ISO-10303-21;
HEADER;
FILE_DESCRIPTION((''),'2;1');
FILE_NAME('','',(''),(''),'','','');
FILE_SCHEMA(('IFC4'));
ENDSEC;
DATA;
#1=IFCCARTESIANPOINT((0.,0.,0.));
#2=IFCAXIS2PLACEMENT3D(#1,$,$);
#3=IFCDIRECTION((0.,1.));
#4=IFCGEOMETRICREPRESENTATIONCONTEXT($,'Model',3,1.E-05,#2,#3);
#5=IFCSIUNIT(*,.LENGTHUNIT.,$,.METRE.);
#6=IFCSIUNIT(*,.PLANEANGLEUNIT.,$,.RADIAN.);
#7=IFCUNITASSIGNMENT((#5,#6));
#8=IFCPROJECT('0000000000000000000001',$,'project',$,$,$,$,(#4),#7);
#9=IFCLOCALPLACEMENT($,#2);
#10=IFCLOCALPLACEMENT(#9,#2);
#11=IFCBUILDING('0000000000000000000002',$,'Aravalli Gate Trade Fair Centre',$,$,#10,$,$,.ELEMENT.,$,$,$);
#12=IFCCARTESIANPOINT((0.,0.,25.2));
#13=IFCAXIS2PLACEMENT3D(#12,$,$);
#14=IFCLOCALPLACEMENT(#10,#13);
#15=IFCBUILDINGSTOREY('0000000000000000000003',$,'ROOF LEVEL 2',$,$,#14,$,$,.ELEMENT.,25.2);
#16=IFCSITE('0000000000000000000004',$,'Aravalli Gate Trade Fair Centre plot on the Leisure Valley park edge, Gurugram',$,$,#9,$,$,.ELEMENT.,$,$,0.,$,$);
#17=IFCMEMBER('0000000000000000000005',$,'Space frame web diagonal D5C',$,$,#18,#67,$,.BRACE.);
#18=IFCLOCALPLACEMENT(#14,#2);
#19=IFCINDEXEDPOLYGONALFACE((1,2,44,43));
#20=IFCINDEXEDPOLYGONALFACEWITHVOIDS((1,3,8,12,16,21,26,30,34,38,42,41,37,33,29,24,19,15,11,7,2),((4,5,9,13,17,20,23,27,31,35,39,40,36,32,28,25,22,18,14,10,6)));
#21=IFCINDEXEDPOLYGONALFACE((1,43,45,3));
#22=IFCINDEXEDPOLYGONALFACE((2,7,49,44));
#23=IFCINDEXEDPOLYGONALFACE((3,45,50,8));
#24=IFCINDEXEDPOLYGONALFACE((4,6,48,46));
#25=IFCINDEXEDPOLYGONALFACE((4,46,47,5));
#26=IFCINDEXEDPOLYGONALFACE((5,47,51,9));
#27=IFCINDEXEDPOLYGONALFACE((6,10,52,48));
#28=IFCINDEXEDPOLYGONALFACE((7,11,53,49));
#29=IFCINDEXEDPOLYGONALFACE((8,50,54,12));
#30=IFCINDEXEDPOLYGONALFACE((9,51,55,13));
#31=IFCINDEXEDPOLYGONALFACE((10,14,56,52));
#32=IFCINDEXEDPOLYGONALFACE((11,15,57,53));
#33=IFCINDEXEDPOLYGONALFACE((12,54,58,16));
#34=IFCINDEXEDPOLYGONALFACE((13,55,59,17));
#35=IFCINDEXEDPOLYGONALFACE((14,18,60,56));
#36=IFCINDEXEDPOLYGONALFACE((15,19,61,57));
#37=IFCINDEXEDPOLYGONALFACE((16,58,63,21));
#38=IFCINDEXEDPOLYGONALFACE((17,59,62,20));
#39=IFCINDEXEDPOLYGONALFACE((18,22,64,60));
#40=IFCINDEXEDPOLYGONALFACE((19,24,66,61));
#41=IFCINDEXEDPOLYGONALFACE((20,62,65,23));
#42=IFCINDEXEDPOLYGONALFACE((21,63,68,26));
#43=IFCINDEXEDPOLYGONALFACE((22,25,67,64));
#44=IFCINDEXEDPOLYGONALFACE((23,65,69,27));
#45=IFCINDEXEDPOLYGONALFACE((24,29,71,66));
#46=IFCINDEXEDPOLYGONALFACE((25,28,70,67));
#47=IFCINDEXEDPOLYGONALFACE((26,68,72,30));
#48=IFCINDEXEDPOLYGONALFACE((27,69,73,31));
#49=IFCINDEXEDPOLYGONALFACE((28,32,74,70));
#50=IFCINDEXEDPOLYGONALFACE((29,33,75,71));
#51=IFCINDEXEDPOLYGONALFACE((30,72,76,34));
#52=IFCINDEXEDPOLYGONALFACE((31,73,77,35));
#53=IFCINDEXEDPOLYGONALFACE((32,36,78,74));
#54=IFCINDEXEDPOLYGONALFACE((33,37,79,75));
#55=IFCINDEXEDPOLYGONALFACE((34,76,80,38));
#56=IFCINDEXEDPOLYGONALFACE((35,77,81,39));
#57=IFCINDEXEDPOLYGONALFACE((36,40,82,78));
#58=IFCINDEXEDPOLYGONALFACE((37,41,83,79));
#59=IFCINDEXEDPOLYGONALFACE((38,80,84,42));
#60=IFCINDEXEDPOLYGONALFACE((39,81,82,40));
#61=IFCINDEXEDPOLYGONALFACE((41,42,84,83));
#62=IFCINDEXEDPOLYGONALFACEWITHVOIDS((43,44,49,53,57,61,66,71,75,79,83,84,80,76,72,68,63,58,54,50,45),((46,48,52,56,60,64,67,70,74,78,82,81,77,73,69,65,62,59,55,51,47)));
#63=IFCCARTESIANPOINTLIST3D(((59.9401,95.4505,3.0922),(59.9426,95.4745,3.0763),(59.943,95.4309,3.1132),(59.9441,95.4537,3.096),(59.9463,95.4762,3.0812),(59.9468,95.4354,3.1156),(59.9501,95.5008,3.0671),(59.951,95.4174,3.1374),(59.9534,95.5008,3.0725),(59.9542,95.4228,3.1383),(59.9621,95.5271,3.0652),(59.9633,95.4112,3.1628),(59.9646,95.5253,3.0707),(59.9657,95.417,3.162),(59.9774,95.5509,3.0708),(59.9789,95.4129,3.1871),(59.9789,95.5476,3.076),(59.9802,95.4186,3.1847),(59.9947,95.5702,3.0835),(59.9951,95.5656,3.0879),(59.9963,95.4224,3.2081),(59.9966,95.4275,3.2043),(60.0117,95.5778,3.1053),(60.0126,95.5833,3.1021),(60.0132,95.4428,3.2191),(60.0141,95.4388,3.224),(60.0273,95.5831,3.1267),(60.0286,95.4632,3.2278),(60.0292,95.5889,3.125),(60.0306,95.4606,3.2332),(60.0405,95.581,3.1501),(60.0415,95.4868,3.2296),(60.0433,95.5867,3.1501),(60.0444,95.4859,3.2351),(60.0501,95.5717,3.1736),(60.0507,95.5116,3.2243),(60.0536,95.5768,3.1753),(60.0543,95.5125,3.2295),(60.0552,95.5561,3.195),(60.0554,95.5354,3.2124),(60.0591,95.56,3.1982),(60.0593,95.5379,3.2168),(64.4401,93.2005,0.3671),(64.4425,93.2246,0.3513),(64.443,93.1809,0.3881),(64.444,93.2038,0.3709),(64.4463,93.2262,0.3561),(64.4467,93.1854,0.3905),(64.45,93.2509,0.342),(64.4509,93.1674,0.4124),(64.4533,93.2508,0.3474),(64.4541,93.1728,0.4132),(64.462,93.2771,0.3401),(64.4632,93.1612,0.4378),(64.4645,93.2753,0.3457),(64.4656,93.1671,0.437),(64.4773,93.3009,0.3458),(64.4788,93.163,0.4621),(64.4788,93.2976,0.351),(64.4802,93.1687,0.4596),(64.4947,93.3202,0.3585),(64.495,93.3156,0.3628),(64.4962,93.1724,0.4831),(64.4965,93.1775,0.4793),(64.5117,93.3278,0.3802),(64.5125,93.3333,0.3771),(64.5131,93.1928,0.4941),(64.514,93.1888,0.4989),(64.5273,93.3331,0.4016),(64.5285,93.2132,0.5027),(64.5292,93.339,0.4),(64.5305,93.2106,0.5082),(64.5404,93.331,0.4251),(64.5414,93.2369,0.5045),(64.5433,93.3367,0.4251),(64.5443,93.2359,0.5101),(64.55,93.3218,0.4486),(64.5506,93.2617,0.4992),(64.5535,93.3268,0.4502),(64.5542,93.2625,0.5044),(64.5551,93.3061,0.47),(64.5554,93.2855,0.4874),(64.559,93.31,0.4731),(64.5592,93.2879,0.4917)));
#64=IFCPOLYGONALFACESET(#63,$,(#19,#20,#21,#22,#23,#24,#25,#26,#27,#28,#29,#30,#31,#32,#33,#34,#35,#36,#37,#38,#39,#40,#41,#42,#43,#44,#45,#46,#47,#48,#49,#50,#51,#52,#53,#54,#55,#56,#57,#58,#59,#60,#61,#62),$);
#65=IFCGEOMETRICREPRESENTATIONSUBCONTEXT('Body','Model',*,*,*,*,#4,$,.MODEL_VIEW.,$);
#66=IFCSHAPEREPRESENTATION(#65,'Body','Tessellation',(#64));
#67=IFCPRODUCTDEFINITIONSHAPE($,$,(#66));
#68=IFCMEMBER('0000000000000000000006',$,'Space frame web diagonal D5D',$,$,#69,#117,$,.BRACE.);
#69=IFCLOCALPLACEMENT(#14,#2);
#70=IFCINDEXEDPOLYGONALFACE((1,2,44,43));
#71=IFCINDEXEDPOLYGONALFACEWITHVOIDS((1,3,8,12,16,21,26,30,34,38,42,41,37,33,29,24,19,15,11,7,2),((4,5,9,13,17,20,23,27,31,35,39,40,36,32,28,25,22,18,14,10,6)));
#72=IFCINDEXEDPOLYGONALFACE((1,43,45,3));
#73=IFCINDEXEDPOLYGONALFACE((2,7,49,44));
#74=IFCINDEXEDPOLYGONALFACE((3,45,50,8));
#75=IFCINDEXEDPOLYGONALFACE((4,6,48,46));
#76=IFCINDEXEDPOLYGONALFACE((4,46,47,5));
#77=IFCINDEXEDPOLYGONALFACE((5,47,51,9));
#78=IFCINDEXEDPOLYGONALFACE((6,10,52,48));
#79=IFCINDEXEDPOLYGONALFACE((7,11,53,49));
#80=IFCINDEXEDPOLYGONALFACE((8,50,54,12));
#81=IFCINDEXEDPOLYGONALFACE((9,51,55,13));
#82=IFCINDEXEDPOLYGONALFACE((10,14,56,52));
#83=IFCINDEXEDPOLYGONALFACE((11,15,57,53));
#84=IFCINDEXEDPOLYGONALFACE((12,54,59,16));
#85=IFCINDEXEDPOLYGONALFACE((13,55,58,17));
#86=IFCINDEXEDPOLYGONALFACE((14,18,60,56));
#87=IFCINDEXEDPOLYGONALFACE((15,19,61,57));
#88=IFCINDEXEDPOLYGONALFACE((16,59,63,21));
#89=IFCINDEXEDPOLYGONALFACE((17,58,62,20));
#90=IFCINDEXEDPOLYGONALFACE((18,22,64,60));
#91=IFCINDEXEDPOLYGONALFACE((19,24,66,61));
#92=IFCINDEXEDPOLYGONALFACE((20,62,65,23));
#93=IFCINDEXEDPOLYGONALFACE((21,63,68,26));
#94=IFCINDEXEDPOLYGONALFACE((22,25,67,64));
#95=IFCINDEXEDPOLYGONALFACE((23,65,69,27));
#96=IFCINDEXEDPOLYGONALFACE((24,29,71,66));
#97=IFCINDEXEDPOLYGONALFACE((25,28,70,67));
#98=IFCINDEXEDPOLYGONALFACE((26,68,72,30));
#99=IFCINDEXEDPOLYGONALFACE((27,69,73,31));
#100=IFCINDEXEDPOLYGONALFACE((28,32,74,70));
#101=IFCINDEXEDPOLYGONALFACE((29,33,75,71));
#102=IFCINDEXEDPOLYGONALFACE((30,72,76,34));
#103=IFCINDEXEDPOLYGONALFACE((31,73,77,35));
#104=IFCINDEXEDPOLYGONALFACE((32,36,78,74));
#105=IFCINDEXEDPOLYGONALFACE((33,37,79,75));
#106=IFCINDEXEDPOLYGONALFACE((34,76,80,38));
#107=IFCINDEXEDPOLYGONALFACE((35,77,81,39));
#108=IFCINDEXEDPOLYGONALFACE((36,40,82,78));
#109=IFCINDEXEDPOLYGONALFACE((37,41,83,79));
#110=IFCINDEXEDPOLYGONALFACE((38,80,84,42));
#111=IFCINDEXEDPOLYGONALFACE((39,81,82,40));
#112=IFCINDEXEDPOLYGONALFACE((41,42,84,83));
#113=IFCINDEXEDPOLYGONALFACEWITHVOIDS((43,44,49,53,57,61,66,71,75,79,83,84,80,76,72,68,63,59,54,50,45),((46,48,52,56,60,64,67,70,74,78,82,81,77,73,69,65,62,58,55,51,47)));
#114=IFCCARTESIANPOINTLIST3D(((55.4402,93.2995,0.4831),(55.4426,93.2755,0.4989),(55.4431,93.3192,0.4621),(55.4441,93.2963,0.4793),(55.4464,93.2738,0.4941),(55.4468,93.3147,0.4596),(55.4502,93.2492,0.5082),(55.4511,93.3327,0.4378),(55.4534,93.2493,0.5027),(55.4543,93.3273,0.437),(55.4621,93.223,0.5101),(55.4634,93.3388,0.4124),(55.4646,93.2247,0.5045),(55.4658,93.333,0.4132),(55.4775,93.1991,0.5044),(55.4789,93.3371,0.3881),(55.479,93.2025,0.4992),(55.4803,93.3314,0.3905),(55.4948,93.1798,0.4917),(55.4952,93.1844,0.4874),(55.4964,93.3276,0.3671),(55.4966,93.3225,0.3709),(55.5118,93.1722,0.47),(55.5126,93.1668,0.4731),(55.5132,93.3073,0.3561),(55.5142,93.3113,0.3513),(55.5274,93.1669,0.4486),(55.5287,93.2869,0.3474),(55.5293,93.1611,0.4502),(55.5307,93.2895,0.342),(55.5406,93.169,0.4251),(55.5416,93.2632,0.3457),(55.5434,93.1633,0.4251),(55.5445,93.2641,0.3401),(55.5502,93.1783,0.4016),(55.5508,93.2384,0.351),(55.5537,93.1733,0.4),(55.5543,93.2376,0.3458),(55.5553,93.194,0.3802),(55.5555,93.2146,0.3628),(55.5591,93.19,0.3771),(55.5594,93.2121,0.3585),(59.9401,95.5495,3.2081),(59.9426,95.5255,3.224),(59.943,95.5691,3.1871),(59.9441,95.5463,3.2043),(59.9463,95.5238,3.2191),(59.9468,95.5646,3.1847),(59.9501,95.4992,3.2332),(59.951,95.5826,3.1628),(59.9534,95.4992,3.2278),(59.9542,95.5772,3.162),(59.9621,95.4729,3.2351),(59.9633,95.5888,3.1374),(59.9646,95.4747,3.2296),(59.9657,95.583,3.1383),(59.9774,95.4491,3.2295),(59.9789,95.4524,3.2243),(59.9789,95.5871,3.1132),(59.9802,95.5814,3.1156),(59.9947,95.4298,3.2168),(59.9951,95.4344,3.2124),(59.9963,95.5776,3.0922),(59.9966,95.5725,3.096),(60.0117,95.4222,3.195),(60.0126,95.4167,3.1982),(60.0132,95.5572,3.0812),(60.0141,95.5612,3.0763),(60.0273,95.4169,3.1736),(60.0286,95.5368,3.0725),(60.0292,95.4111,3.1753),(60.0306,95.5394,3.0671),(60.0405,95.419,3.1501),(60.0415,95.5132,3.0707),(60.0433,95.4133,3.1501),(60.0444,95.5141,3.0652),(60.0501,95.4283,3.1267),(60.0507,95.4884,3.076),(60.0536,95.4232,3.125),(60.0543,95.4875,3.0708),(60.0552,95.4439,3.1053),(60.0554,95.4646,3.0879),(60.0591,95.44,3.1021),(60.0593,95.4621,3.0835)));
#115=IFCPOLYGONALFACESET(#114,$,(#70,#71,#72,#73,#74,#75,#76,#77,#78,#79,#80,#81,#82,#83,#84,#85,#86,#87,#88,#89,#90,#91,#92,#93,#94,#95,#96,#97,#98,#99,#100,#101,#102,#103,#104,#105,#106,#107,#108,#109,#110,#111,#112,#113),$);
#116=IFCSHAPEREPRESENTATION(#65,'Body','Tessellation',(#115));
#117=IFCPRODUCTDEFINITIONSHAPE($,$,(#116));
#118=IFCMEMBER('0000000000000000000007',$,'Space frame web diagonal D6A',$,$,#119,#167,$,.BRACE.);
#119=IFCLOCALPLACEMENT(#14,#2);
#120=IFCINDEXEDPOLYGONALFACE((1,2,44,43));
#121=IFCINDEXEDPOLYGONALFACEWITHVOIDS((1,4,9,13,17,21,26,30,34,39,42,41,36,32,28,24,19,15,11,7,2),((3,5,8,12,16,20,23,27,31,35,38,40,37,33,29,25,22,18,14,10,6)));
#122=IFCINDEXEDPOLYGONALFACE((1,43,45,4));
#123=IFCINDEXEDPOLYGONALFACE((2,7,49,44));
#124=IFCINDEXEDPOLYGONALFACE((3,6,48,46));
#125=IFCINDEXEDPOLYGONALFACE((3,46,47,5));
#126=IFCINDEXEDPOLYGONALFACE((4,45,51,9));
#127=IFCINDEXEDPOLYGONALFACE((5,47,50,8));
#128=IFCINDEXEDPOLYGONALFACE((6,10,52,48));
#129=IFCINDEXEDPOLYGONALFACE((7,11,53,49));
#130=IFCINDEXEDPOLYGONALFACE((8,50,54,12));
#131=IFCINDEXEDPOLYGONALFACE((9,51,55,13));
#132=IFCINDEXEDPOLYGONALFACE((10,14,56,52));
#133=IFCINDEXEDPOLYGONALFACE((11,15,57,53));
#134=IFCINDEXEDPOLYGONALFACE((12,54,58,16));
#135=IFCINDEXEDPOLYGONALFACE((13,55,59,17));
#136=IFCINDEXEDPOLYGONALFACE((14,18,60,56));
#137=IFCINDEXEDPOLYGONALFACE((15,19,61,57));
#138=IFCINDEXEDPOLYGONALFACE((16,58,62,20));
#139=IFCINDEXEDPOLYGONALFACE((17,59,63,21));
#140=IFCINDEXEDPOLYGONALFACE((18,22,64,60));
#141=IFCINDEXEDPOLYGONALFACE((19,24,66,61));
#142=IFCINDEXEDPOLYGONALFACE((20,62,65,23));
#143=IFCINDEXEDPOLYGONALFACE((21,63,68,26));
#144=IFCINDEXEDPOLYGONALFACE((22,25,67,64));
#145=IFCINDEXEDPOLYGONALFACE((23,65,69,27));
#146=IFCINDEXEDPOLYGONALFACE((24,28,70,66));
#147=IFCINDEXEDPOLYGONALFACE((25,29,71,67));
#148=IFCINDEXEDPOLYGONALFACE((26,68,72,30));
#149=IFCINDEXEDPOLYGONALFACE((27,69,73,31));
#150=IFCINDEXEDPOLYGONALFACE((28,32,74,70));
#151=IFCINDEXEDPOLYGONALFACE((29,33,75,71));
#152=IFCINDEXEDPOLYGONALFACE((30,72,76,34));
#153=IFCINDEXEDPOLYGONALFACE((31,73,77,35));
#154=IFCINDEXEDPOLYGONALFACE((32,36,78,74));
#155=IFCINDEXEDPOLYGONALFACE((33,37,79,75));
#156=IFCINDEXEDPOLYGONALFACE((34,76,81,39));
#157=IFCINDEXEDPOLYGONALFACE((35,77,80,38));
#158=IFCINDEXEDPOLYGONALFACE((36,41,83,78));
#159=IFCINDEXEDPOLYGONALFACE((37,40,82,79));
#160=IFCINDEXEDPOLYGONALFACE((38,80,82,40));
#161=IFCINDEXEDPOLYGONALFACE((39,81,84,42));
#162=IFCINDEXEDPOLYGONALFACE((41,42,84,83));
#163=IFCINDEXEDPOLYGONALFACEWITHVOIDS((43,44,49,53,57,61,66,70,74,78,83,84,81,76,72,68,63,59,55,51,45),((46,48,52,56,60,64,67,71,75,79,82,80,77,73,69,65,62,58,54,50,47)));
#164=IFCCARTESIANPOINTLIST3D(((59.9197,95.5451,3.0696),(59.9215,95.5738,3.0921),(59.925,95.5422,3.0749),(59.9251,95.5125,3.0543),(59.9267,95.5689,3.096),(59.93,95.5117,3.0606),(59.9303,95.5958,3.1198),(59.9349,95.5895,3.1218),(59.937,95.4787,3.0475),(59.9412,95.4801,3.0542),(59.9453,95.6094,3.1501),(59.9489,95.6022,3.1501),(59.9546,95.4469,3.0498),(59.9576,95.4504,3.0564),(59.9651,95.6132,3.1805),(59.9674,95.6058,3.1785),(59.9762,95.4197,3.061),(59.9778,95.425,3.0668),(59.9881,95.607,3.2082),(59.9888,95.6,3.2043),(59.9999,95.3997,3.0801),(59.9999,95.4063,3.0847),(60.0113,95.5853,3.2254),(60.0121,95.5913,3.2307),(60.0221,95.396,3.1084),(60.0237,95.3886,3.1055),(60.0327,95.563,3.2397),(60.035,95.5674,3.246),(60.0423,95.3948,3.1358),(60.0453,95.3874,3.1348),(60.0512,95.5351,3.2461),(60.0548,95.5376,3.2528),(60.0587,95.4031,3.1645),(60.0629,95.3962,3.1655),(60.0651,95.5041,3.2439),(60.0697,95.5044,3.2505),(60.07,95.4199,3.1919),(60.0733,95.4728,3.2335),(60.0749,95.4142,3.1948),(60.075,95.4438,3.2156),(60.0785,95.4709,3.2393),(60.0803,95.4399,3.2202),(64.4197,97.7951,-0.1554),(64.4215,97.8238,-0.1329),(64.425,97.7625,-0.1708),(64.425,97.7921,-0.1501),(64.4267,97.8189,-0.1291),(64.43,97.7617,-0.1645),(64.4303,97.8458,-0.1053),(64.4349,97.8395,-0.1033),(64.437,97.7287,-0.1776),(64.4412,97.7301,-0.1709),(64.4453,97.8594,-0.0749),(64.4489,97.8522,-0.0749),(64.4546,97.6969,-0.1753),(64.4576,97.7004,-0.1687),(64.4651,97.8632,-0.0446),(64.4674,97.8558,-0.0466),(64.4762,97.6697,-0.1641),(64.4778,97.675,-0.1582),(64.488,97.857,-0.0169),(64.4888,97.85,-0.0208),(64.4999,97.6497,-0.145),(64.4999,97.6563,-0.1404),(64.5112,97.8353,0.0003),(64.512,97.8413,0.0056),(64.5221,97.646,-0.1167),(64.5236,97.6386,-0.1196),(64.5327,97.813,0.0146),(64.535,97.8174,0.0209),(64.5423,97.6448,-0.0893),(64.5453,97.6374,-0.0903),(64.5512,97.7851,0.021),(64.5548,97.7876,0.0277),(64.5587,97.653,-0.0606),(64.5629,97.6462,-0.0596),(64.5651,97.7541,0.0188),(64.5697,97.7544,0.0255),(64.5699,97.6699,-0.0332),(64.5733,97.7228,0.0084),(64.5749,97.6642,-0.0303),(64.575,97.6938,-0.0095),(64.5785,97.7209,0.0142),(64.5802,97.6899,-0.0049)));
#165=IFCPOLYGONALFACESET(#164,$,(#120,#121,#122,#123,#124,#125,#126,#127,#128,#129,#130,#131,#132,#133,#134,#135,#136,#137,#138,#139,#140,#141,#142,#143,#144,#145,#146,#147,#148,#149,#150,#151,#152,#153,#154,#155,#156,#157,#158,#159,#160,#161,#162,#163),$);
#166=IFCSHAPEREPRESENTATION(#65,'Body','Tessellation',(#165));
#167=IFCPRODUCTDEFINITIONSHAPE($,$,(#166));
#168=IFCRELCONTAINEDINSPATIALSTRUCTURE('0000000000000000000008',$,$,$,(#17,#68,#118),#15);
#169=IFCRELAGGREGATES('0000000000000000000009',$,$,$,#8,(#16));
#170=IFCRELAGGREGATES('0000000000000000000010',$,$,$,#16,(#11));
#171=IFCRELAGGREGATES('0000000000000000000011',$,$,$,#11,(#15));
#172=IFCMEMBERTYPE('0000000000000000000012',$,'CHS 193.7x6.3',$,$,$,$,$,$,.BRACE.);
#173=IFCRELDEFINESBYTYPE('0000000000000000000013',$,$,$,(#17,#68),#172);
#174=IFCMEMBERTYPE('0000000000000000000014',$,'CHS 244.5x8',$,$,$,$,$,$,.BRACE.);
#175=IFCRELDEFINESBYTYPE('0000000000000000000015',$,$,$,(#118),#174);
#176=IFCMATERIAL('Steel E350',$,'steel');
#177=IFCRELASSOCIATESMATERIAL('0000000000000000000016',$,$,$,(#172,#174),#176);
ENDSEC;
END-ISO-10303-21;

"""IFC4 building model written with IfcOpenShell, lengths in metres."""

from ifc_helpers import new_model, si_unit, direction, frame, origin, origin_2d, place, context, subcontext, project, spatial, hollow_circle, extrude, material, material_profile, profile_set, type_object, element, save


model = new_model("IFC4")

# Units and contexts
model_context = context("Model", 3, precision=1e-05, world=origin(), true_north=direction((0.0, 1.0)))
body_context = subcontext(model_context, "Body", "Model", "MODEL_VIEW")
ifc_project = project(units=[si_unit("LENGTHUNIT", "METRE"), si_unit("PLANEANGLEUNIT", "RADIAN")], contexts=[model_context])

# Site, building, storey
site_placement = place(None, origin())
site = spatial("IfcSite", under=ifc_project, at=site_placement, Name="Aravalli Gate Trade Fair Centre plot on the Leisure Valley park edge, Gurugram", CompositionType="ELEMENT", RefElevation=0.0)
building_placement = place(site_placement, origin())
building = spatial("IfcBuilding", under=site, at=building_placement, Name="Aravalli Gate Trade Fair Centre", CompositionType="ELEMENT")
storey_placement = place(building_placement, frame((0.0, 0.0, 25.2)))
storey = spatial("IfcBuildingStorey", under=building, at=storey_placement, Name="ROOF LEVEL 2", CompositionType="ELEMENT", Elevation=25.2)

# Members
ifc_material = material(Name="Steel E350", Category="steel")
ifc_material_profile_1 = material_profile(ifc_material, hollow_circle(Radius=0.0969, WallThickness=0.0063, at=origin_2d()), Name="CHS 193.7x6.3")
ifc_profile_set_1 = profile_set([ifc_material_profile_1], Name="Steel E350")
member_type_1 = type_object("IfcMemberType", Name="CHS 193.7x6.3", PredefinedType="BRACE", material=ifc_profile_set_1)
for number, where, z_axis, x_axis, name in (
    (1, (60.0, 95.5, 3.1501), (0.78647, -0.393235, -0.476268), (0.447214, 0.894427, 0.0), "Space frame web diagonal D5C"),
    (2, (60.0, 95.5, 3.1501), (-0.78647, -0.393235, -0.476268), (0.447214, -0.894427, 0.0), "Space frame web diagonal D5D"),
):
    element("IfcMember", number, at=place(storey_placement, frame(where, z_axis=z_axis, x_axis=x_axis)), inside=storey, type_object=member_type_1, Name=name, PredefinedType="BRACE", context=body_context, shape_type="SweptSolid", body=[
        extrude(hollow_circle(Radius=0.0969, WallThickness=0.0063, at=origin_2d()), origin(), (0.0, 0.0, 1.0), 5.7217),
    ])
ifc_material_profile_2 = material_profile(ifc_material, hollow_circle(Radius=0.1223, WallThickness=0.0081, at=origin_2d()), Name="CHS 244.5x8")
ifc_profile_set_2 = profile_set([ifc_material_profile_2], Name="Steel E350")
member_type_2 = type_object("IfcMemberType", Name="CHS 244.5x8", PredefinedType="BRACE", material=ifc_profile_set_2)
for number, where, z_axis, x_axis, name in (
    (3, (60.0, 95.5, 3.1501), (0.753, 0.3765, -0.539666), (-0.447214, 0.894427, 0.0), "Space frame web diagonal D6A"),
):
    element("IfcMember", number, at=place(storey_placement, frame(where, z_axis=z_axis, x_axis=x_axis)), inside=storey, type_object=member_type_2, Name=name, PredefinedType="BRACE", context=body_context, shape_type="SweptSolid", body=[
        extrude(hollow_circle(Radius=0.1223, WallThickness=0.0081, at=origin_2d()), origin(), (0.0, 0.0, 1.0), 5.9761),
    ])

save(model, "model.ifc")
